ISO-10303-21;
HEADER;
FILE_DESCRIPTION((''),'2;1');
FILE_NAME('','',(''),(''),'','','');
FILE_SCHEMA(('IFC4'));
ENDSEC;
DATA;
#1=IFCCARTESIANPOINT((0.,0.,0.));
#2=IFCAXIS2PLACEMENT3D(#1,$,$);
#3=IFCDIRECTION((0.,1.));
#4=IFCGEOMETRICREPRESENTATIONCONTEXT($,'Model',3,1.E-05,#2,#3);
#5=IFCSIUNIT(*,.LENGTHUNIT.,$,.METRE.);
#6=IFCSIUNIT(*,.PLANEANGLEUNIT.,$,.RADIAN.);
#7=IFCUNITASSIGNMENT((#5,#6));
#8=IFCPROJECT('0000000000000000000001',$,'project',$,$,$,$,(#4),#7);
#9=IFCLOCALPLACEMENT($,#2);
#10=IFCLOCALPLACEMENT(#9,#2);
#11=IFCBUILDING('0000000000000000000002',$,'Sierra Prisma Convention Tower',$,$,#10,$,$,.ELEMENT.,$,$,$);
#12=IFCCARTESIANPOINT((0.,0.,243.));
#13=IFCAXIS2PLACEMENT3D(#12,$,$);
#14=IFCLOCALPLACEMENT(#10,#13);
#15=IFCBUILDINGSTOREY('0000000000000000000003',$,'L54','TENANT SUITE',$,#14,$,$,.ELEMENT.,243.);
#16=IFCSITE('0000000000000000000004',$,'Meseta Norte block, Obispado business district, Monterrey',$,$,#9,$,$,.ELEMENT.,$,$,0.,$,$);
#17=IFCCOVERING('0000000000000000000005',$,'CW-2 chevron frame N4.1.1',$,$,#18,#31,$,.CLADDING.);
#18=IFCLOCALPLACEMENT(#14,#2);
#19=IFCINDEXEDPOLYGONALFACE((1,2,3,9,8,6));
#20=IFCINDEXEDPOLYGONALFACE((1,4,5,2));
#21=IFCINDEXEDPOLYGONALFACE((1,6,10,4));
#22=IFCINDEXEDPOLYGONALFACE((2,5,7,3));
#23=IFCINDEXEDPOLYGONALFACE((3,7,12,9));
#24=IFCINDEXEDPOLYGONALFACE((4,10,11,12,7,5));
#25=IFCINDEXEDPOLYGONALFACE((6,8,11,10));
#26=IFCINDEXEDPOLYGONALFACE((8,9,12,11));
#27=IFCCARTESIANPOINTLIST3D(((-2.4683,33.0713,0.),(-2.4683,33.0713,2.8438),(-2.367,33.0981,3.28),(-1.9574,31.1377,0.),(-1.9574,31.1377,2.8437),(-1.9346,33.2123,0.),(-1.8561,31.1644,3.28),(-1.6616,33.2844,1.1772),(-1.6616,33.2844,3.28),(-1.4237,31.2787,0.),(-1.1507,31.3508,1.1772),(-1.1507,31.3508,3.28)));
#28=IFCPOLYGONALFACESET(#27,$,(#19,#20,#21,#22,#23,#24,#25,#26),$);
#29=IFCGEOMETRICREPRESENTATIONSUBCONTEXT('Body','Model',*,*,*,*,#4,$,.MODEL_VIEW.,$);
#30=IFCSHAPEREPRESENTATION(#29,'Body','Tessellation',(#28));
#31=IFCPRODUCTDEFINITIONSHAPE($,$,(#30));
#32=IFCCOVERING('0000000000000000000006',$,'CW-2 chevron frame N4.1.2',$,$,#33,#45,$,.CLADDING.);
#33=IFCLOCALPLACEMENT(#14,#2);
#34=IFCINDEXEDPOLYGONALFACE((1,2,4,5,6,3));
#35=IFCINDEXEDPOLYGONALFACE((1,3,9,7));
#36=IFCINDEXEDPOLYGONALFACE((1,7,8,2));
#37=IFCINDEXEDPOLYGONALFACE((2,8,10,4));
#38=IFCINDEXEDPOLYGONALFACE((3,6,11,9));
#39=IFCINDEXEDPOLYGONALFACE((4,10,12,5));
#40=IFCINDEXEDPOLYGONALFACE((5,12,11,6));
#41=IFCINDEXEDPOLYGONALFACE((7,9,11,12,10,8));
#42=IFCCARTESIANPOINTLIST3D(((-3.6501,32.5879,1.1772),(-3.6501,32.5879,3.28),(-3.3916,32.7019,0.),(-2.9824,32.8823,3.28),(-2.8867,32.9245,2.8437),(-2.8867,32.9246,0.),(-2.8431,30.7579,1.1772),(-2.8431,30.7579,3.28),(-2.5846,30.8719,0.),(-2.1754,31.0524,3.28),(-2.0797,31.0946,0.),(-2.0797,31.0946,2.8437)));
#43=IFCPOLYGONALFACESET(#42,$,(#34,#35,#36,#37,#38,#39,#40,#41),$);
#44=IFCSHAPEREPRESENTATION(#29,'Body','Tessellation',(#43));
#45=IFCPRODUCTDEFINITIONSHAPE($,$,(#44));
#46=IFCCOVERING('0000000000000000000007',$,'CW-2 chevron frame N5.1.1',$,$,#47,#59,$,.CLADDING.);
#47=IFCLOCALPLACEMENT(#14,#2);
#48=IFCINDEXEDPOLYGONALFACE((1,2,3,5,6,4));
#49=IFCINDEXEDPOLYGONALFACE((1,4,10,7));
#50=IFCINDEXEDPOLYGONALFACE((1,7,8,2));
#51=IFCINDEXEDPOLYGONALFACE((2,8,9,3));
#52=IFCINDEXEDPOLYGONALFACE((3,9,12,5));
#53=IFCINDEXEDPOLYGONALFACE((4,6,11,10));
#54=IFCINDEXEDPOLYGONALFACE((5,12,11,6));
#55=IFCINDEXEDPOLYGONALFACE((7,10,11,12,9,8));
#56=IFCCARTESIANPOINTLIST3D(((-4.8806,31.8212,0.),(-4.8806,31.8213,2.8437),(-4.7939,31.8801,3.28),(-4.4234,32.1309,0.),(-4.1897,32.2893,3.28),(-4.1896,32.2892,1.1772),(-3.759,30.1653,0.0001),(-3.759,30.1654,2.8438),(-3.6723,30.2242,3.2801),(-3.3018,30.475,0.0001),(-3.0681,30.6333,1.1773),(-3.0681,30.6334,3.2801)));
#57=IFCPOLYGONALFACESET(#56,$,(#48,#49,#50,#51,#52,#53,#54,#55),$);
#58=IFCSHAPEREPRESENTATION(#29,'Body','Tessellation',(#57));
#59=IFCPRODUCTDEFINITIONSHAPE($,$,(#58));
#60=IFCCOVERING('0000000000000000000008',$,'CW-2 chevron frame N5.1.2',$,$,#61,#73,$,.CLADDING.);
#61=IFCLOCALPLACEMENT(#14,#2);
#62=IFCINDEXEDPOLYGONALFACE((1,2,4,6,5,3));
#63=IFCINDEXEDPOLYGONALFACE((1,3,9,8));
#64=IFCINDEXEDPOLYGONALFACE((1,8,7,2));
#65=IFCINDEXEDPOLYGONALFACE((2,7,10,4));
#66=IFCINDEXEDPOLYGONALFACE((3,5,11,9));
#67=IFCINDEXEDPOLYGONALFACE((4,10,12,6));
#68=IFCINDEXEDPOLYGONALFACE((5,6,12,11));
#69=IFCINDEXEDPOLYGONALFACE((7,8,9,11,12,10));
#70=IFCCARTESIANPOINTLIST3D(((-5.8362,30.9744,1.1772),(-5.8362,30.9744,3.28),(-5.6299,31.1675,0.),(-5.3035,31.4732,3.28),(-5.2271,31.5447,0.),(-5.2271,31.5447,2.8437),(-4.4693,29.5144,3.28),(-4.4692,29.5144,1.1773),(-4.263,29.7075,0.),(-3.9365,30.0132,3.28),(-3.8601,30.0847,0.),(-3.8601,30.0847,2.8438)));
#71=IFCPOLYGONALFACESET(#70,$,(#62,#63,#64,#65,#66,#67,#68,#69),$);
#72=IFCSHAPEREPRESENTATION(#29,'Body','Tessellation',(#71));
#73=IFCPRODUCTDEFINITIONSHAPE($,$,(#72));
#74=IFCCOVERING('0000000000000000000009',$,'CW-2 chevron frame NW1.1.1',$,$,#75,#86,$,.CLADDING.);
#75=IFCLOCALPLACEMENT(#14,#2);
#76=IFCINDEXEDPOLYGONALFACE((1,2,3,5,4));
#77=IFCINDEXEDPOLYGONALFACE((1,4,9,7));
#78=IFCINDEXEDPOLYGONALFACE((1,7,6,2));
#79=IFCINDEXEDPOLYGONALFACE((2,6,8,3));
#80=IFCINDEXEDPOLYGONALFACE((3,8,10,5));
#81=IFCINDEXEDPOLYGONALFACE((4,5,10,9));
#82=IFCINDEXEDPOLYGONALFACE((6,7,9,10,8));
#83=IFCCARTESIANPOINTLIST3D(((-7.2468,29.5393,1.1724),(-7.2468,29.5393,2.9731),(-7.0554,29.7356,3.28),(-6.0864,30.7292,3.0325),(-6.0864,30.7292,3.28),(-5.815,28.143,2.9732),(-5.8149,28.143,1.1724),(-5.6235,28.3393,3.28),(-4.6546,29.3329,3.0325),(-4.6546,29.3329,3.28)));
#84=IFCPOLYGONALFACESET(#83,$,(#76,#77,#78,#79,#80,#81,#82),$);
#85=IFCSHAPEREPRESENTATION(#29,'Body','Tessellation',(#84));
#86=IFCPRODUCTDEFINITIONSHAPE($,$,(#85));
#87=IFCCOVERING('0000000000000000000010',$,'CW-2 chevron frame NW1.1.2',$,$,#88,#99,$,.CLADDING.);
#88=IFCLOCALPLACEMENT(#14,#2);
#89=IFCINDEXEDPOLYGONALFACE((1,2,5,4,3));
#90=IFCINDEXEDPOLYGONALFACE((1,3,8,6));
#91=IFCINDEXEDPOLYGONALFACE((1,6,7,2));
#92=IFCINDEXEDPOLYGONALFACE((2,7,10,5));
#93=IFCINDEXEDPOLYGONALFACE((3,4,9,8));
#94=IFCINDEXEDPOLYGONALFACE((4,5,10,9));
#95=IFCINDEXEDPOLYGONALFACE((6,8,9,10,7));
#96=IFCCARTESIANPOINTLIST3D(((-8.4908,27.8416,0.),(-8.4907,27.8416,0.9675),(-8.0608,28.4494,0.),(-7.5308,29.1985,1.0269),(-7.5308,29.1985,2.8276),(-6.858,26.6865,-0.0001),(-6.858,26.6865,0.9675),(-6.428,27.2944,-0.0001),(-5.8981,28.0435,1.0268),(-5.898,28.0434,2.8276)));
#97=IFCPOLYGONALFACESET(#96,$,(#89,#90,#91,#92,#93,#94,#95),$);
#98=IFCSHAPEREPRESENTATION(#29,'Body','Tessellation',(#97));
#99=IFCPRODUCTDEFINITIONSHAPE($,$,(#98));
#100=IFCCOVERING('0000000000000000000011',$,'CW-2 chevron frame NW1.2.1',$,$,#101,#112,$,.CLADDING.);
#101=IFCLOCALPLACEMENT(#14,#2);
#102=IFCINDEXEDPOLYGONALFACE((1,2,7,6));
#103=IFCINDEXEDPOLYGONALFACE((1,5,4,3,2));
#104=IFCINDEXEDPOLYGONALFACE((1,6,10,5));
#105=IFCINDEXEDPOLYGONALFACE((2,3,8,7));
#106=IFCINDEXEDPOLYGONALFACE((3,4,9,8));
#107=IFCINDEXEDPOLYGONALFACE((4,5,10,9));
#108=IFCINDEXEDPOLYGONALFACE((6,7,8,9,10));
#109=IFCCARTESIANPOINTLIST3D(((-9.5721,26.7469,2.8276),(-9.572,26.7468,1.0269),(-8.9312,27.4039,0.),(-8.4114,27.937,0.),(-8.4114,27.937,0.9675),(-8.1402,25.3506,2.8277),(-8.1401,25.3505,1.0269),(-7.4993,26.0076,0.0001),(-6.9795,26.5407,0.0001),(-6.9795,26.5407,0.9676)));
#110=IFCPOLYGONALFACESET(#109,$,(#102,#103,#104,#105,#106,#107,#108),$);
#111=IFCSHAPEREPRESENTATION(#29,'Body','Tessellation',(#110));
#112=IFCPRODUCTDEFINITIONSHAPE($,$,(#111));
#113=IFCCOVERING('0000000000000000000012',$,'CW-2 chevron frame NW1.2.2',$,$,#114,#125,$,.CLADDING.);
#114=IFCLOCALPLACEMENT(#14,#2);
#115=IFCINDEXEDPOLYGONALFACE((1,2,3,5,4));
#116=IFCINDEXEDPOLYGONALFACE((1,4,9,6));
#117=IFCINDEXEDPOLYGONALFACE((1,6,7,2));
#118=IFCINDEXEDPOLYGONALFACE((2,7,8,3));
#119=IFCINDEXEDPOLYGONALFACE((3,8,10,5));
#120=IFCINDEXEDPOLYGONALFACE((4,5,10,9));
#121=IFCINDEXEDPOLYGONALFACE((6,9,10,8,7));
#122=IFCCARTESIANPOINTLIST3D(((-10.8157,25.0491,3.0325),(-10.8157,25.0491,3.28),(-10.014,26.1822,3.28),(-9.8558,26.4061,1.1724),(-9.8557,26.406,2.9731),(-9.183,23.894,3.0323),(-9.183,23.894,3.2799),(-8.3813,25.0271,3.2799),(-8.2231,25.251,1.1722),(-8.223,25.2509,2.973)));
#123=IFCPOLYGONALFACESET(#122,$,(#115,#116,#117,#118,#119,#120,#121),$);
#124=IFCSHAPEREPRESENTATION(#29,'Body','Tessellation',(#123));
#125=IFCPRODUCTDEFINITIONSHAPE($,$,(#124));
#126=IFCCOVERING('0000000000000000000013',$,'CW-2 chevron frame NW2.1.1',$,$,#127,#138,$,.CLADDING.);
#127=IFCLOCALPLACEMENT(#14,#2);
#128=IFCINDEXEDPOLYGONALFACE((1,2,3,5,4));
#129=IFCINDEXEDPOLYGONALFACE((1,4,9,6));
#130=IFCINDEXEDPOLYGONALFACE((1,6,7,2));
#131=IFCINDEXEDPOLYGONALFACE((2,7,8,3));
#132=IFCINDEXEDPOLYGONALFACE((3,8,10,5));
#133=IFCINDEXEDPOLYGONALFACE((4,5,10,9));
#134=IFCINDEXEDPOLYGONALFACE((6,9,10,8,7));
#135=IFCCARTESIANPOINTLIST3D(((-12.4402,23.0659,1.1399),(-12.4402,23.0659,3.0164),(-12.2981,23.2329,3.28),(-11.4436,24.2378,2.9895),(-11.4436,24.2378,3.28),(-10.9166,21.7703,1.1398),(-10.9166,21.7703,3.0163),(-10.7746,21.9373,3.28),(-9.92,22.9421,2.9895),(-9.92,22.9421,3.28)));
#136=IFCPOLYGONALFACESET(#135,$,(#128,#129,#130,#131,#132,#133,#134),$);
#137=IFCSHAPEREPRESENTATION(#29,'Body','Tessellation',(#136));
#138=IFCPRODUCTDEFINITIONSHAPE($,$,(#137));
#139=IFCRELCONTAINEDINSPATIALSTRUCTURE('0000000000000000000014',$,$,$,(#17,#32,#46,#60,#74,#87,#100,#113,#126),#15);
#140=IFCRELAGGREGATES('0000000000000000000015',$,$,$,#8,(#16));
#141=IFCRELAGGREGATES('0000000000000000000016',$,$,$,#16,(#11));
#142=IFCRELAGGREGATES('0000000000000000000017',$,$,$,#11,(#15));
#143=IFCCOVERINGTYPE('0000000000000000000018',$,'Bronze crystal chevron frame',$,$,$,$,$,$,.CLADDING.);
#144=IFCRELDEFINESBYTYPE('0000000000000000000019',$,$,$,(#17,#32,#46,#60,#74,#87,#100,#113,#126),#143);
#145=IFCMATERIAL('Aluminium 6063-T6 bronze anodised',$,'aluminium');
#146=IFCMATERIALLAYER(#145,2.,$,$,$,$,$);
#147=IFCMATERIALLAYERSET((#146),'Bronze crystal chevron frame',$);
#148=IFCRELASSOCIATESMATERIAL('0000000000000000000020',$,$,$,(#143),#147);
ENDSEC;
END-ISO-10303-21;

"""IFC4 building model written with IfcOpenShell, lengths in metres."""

from ifc_helpers import new_model, si_unit, direction, frame, origin, place, context, subcontext, project, spatial, polyline, outline, extrude, material, layer, layer_set, type_object, element, save


model = new_model("IFC4")

# Units and contexts
model_context = context("Model", 3, precision=1e-05, world=origin(), true_north=direction((0.0, 1.0)))
body_context = subcontext(model_context, "Body", "Model", "MODEL_VIEW")
ifc_project = project(units=[si_unit("LENGTHUNIT", "METRE"), si_unit("PLANEANGLEUNIT", "RADIAN")], contexts=[model_context])

# Site, building, storey
site_placement = place(None, origin())
site = spatial("IfcSite", under=ifc_project, at=site_placement, Name="Meseta Norte block, Obispado business district, Monterrey", CompositionType="ELEMENT", RefElevation=0.0)
building_placement = place(site_placement, origin())
building = spatial("IfcBuilding", under=site, at=building_placement, Name="Sierra Prisma Convention Tower", CompositionType="ELEMENT")
storey_placement = place(building_placement, frame((0.0, 0.0, 243.0)))
storey = spatial("IfcBuildingStorey", under=building, at=storey_placement, Name="L54", Description="TENANT SUITE", CompositionType="ELEMENT", Elevation=243.0)

# Coverings
ifc_material_1 = material(Name="Aluminium 6063-T6 bronze anodised", Category="aluminium")
ifc_layer_1 = layer(ifc_material_1, 2.0)
ifc_layer_set_1 = layer_set([ifc_layer_1], Name="Bronze crystal chevron frame")
covering_type = type_object("IfcCoveringType", Name="Bronze crystal chevron frame", PredefinedType="CLADDING", material=ifc_layer_set_1)
covering_1_placement = place(storey_placement, frame((-1.6616, 33.2844, 3.28), z_axis=(-0.25544, 0.966825, 0.000002), x_axis=(-0.000001, 0.000002, -1.0)))
element("IfcCovering", 1, at=covering_1_placement, inside=storey, type_object=covering_type, Name="CW-2 chevron frame N4.1.1", PredefinedType="CLADDING", context=body_context, shape_type="SweptSolid", body=[
    extrude(outline(polyline([(0.0, 0.0), (2.1028, 0.0), (3.28, 0.2824), (3.28, 0.8343), (0.4363, 0.8343), (0.0, 0.7296), (0.0, 0.0)])), origin(), (0.0, 0.0, -1.0), 2.0),
])
covering_2_placement = place(storey_placement, frame((-3.3916, 32.7019, 0.0), z_axis=(-0.403502, 0.914979, 0.000004), x_axis=(-0.21355, -0.094179, 0.972382)))
element("IfcCovering", 2, at=covering_2_placement, inside=storey, type_object=covering_type, Name="CW-2 chevron frame N4.1.2", PredefinedType="CLADDING", context=body_context, shape_type="SweptSolid", body=[
    extrude(outline(polyline([(0.0, 0.0), (1.2107, 0.0), (3.2554, 0.4908), (3.0851, 1.2004), (2.6364, 1.2003), (-0.1288, 0.5366), (0.0, 0.0)])), origin(), (0.0, 0.0, -1.0), 2.0),
])
covering_3_placement = place(storey_placement, frame((-4.1897, 32.2893, 3.28), z_axis=(-0.560792, 0.827956, -0.000042), x_axis=(0.000024, -0.000035, -1.0)))
element("IfcCovering", 3, at=covering_3_placement, inside=storey, type_object=covering_type, Name="CW-2 chevron frame N5.1.1", PredefinedType="CLADDING", context=body_context, shape_type="SweptSolid", body=[
    extrude(outline(polyline([(0.0, 0.0), (2.1028, 0.0), (3.28, 0.2823), (3.28, 0.8345), (0.4363, 0.8345), (0.0, 0.7298), (0.0, 0.0)])), origin(), (0.0, 0.0, -1.0), 2.0),
])
covering_4_placement = place(storey_placement, frame((-5.2271, 31.5447, 0.0), z_axis=(-0.683469, 0.729979, -0.000006), x_axis=(-0.729979, -0.683469, 0.0)))
element("IfcCovering", 4, at=covering_4_placement, inside=storey, type_object=covering_type, Name="CW-2 chevron frame N5.1.2", PredefinedType="CLADDING", context=body_context, shape_type="SweptSolid", body=[
    extrude(outline(polyline([(0.0, 0.0), (0.5519, 0.0), (0.8344, 1.1772), (0.8344, 3.28), (0.1047, 3.28), (0.0, 2.8437), (0.0, 0.0)])), origin(), (0.0, 0.0, -1.0), 2.0),
])
covering_5_placement = place(storey_placement, frame((-6.0864, 30.7292, 3.28), z_axis=(-0.715937, 0.698165, -0.000003), x_axis=(0.000002, -0.000002, -1.0)))
element("IfcCovering", 5, at=covering_5_placement, inside=storey, type_object=covering_type, Name="CW-2 chevron frame NW1.1.1", PredefinedType="CLADDING", context=body_context, shape_type="SweptSolid", body=[
    extrude(outline(polyline([(0.0, 0.0), (0.2476, 0.0), (2.1077, 1.6621), (0.3069, 1.6621), (0.0, 1.3879), (0.0, 0.0)])), origin(), (0.0, 0.0, -1.0), 2.0),
])
covering_6_placement = place(storey_placement, frame((-7.5308, 29.1985, 2.8276), z_axis=(-0.816377, 0.577519, 0.000034), x_axis=(-0.000028, 0.00002, -1.0)))
element("IfcCovering", 6, at=covering_6_placement, inside=storey, type_object=covering_type, Name="CW-2 chevron frame NW1.1.2", PredefinedType="CLADDING", context=body_context, shape_type="SweptSolid", body=[
    extrude(outline(polyline([(0.0, 0.0), (1.8008, 0.0), (2.8276, 0.9176), (2.8276, 1.6622), (1.8601, 1.6622), (0.0, 0.0)])), origin(), (0.0, 0.0, -1.0), 2.0),
])
covering_7_placement = place(storey_placement, frame((-8.4114, 27.937, 0.0), z_axis=(-0.715954, 0.698147, -0.000043), x_axis=(-0.698147, -0.715954, 0.0)))
element("IfcCovering", 7, at=covering_7_placement, inside=storey, type_object=covering_type, Name="CW-2 chevron frame NW1.2.1", PredefinedType="CLADDING", context=body_context, shape_type="SweptSolid", body=[
    extrude(outline(polyline([(0.0, 0.0), (0.7446, 0.0), (1.6624, 1.0269), (1.6624, 2.8276), (0.0, 0.9675), (0.0, 0.0)])), origin(), (0.0, 0.0, -1.0), 2.0),
])
covering_8_placement = place(storey_placement, frame((-10.8157, 25.0491, 3.28), z_axis=(-0.816358, 0.577546, 0.000063), x_axis=(0.577546, 0.816358, 0.0)))
element("IfcCovering", 8, at=covering_8_placement, inside=storey, type_object=covering_type, Name="CW-2 chevron frame NW1.2.2", PredefinedType="CLADDING", context=body_context, shape_type="SweptSolid", body=[
    extrude(outline(polyline([(0.0, 0.0), (1.388, 0.0), (1.6622, 0.3069), (1.6622, 2.1077), (0.0, 0.2476), (0.0, 0.0)])), origin(), (0.0, 0.0, -1.0), 2.0),
])
covering_9_placement = place(storey_placement, frame((-11.4436, 24.2378, 3.28), z_axis=(-0.761785, 0.647829, 0.000024), x_axis=(-0.000019, 0.000016, -1.0)))
element("IfcCovering", 9, at=covering_9_placement, inside=storey, type_object=covering_type, Name="CW-2 chevron frame NW2.1.1", PredefinedType="CLADDING", context=body_context, shape_type="SweptSolid", body=[
    extrude(outline(polyline([(0.0, 0.0), (0.2905, 0.0), (2.1401, 1.5383), (0.2637, 1.5383), (0.0, 1.3191), (0.0, 0.0)])), origin(), (0.0, 0.0, -1.0), 2.0),
])

save(model, "model.ifc")
